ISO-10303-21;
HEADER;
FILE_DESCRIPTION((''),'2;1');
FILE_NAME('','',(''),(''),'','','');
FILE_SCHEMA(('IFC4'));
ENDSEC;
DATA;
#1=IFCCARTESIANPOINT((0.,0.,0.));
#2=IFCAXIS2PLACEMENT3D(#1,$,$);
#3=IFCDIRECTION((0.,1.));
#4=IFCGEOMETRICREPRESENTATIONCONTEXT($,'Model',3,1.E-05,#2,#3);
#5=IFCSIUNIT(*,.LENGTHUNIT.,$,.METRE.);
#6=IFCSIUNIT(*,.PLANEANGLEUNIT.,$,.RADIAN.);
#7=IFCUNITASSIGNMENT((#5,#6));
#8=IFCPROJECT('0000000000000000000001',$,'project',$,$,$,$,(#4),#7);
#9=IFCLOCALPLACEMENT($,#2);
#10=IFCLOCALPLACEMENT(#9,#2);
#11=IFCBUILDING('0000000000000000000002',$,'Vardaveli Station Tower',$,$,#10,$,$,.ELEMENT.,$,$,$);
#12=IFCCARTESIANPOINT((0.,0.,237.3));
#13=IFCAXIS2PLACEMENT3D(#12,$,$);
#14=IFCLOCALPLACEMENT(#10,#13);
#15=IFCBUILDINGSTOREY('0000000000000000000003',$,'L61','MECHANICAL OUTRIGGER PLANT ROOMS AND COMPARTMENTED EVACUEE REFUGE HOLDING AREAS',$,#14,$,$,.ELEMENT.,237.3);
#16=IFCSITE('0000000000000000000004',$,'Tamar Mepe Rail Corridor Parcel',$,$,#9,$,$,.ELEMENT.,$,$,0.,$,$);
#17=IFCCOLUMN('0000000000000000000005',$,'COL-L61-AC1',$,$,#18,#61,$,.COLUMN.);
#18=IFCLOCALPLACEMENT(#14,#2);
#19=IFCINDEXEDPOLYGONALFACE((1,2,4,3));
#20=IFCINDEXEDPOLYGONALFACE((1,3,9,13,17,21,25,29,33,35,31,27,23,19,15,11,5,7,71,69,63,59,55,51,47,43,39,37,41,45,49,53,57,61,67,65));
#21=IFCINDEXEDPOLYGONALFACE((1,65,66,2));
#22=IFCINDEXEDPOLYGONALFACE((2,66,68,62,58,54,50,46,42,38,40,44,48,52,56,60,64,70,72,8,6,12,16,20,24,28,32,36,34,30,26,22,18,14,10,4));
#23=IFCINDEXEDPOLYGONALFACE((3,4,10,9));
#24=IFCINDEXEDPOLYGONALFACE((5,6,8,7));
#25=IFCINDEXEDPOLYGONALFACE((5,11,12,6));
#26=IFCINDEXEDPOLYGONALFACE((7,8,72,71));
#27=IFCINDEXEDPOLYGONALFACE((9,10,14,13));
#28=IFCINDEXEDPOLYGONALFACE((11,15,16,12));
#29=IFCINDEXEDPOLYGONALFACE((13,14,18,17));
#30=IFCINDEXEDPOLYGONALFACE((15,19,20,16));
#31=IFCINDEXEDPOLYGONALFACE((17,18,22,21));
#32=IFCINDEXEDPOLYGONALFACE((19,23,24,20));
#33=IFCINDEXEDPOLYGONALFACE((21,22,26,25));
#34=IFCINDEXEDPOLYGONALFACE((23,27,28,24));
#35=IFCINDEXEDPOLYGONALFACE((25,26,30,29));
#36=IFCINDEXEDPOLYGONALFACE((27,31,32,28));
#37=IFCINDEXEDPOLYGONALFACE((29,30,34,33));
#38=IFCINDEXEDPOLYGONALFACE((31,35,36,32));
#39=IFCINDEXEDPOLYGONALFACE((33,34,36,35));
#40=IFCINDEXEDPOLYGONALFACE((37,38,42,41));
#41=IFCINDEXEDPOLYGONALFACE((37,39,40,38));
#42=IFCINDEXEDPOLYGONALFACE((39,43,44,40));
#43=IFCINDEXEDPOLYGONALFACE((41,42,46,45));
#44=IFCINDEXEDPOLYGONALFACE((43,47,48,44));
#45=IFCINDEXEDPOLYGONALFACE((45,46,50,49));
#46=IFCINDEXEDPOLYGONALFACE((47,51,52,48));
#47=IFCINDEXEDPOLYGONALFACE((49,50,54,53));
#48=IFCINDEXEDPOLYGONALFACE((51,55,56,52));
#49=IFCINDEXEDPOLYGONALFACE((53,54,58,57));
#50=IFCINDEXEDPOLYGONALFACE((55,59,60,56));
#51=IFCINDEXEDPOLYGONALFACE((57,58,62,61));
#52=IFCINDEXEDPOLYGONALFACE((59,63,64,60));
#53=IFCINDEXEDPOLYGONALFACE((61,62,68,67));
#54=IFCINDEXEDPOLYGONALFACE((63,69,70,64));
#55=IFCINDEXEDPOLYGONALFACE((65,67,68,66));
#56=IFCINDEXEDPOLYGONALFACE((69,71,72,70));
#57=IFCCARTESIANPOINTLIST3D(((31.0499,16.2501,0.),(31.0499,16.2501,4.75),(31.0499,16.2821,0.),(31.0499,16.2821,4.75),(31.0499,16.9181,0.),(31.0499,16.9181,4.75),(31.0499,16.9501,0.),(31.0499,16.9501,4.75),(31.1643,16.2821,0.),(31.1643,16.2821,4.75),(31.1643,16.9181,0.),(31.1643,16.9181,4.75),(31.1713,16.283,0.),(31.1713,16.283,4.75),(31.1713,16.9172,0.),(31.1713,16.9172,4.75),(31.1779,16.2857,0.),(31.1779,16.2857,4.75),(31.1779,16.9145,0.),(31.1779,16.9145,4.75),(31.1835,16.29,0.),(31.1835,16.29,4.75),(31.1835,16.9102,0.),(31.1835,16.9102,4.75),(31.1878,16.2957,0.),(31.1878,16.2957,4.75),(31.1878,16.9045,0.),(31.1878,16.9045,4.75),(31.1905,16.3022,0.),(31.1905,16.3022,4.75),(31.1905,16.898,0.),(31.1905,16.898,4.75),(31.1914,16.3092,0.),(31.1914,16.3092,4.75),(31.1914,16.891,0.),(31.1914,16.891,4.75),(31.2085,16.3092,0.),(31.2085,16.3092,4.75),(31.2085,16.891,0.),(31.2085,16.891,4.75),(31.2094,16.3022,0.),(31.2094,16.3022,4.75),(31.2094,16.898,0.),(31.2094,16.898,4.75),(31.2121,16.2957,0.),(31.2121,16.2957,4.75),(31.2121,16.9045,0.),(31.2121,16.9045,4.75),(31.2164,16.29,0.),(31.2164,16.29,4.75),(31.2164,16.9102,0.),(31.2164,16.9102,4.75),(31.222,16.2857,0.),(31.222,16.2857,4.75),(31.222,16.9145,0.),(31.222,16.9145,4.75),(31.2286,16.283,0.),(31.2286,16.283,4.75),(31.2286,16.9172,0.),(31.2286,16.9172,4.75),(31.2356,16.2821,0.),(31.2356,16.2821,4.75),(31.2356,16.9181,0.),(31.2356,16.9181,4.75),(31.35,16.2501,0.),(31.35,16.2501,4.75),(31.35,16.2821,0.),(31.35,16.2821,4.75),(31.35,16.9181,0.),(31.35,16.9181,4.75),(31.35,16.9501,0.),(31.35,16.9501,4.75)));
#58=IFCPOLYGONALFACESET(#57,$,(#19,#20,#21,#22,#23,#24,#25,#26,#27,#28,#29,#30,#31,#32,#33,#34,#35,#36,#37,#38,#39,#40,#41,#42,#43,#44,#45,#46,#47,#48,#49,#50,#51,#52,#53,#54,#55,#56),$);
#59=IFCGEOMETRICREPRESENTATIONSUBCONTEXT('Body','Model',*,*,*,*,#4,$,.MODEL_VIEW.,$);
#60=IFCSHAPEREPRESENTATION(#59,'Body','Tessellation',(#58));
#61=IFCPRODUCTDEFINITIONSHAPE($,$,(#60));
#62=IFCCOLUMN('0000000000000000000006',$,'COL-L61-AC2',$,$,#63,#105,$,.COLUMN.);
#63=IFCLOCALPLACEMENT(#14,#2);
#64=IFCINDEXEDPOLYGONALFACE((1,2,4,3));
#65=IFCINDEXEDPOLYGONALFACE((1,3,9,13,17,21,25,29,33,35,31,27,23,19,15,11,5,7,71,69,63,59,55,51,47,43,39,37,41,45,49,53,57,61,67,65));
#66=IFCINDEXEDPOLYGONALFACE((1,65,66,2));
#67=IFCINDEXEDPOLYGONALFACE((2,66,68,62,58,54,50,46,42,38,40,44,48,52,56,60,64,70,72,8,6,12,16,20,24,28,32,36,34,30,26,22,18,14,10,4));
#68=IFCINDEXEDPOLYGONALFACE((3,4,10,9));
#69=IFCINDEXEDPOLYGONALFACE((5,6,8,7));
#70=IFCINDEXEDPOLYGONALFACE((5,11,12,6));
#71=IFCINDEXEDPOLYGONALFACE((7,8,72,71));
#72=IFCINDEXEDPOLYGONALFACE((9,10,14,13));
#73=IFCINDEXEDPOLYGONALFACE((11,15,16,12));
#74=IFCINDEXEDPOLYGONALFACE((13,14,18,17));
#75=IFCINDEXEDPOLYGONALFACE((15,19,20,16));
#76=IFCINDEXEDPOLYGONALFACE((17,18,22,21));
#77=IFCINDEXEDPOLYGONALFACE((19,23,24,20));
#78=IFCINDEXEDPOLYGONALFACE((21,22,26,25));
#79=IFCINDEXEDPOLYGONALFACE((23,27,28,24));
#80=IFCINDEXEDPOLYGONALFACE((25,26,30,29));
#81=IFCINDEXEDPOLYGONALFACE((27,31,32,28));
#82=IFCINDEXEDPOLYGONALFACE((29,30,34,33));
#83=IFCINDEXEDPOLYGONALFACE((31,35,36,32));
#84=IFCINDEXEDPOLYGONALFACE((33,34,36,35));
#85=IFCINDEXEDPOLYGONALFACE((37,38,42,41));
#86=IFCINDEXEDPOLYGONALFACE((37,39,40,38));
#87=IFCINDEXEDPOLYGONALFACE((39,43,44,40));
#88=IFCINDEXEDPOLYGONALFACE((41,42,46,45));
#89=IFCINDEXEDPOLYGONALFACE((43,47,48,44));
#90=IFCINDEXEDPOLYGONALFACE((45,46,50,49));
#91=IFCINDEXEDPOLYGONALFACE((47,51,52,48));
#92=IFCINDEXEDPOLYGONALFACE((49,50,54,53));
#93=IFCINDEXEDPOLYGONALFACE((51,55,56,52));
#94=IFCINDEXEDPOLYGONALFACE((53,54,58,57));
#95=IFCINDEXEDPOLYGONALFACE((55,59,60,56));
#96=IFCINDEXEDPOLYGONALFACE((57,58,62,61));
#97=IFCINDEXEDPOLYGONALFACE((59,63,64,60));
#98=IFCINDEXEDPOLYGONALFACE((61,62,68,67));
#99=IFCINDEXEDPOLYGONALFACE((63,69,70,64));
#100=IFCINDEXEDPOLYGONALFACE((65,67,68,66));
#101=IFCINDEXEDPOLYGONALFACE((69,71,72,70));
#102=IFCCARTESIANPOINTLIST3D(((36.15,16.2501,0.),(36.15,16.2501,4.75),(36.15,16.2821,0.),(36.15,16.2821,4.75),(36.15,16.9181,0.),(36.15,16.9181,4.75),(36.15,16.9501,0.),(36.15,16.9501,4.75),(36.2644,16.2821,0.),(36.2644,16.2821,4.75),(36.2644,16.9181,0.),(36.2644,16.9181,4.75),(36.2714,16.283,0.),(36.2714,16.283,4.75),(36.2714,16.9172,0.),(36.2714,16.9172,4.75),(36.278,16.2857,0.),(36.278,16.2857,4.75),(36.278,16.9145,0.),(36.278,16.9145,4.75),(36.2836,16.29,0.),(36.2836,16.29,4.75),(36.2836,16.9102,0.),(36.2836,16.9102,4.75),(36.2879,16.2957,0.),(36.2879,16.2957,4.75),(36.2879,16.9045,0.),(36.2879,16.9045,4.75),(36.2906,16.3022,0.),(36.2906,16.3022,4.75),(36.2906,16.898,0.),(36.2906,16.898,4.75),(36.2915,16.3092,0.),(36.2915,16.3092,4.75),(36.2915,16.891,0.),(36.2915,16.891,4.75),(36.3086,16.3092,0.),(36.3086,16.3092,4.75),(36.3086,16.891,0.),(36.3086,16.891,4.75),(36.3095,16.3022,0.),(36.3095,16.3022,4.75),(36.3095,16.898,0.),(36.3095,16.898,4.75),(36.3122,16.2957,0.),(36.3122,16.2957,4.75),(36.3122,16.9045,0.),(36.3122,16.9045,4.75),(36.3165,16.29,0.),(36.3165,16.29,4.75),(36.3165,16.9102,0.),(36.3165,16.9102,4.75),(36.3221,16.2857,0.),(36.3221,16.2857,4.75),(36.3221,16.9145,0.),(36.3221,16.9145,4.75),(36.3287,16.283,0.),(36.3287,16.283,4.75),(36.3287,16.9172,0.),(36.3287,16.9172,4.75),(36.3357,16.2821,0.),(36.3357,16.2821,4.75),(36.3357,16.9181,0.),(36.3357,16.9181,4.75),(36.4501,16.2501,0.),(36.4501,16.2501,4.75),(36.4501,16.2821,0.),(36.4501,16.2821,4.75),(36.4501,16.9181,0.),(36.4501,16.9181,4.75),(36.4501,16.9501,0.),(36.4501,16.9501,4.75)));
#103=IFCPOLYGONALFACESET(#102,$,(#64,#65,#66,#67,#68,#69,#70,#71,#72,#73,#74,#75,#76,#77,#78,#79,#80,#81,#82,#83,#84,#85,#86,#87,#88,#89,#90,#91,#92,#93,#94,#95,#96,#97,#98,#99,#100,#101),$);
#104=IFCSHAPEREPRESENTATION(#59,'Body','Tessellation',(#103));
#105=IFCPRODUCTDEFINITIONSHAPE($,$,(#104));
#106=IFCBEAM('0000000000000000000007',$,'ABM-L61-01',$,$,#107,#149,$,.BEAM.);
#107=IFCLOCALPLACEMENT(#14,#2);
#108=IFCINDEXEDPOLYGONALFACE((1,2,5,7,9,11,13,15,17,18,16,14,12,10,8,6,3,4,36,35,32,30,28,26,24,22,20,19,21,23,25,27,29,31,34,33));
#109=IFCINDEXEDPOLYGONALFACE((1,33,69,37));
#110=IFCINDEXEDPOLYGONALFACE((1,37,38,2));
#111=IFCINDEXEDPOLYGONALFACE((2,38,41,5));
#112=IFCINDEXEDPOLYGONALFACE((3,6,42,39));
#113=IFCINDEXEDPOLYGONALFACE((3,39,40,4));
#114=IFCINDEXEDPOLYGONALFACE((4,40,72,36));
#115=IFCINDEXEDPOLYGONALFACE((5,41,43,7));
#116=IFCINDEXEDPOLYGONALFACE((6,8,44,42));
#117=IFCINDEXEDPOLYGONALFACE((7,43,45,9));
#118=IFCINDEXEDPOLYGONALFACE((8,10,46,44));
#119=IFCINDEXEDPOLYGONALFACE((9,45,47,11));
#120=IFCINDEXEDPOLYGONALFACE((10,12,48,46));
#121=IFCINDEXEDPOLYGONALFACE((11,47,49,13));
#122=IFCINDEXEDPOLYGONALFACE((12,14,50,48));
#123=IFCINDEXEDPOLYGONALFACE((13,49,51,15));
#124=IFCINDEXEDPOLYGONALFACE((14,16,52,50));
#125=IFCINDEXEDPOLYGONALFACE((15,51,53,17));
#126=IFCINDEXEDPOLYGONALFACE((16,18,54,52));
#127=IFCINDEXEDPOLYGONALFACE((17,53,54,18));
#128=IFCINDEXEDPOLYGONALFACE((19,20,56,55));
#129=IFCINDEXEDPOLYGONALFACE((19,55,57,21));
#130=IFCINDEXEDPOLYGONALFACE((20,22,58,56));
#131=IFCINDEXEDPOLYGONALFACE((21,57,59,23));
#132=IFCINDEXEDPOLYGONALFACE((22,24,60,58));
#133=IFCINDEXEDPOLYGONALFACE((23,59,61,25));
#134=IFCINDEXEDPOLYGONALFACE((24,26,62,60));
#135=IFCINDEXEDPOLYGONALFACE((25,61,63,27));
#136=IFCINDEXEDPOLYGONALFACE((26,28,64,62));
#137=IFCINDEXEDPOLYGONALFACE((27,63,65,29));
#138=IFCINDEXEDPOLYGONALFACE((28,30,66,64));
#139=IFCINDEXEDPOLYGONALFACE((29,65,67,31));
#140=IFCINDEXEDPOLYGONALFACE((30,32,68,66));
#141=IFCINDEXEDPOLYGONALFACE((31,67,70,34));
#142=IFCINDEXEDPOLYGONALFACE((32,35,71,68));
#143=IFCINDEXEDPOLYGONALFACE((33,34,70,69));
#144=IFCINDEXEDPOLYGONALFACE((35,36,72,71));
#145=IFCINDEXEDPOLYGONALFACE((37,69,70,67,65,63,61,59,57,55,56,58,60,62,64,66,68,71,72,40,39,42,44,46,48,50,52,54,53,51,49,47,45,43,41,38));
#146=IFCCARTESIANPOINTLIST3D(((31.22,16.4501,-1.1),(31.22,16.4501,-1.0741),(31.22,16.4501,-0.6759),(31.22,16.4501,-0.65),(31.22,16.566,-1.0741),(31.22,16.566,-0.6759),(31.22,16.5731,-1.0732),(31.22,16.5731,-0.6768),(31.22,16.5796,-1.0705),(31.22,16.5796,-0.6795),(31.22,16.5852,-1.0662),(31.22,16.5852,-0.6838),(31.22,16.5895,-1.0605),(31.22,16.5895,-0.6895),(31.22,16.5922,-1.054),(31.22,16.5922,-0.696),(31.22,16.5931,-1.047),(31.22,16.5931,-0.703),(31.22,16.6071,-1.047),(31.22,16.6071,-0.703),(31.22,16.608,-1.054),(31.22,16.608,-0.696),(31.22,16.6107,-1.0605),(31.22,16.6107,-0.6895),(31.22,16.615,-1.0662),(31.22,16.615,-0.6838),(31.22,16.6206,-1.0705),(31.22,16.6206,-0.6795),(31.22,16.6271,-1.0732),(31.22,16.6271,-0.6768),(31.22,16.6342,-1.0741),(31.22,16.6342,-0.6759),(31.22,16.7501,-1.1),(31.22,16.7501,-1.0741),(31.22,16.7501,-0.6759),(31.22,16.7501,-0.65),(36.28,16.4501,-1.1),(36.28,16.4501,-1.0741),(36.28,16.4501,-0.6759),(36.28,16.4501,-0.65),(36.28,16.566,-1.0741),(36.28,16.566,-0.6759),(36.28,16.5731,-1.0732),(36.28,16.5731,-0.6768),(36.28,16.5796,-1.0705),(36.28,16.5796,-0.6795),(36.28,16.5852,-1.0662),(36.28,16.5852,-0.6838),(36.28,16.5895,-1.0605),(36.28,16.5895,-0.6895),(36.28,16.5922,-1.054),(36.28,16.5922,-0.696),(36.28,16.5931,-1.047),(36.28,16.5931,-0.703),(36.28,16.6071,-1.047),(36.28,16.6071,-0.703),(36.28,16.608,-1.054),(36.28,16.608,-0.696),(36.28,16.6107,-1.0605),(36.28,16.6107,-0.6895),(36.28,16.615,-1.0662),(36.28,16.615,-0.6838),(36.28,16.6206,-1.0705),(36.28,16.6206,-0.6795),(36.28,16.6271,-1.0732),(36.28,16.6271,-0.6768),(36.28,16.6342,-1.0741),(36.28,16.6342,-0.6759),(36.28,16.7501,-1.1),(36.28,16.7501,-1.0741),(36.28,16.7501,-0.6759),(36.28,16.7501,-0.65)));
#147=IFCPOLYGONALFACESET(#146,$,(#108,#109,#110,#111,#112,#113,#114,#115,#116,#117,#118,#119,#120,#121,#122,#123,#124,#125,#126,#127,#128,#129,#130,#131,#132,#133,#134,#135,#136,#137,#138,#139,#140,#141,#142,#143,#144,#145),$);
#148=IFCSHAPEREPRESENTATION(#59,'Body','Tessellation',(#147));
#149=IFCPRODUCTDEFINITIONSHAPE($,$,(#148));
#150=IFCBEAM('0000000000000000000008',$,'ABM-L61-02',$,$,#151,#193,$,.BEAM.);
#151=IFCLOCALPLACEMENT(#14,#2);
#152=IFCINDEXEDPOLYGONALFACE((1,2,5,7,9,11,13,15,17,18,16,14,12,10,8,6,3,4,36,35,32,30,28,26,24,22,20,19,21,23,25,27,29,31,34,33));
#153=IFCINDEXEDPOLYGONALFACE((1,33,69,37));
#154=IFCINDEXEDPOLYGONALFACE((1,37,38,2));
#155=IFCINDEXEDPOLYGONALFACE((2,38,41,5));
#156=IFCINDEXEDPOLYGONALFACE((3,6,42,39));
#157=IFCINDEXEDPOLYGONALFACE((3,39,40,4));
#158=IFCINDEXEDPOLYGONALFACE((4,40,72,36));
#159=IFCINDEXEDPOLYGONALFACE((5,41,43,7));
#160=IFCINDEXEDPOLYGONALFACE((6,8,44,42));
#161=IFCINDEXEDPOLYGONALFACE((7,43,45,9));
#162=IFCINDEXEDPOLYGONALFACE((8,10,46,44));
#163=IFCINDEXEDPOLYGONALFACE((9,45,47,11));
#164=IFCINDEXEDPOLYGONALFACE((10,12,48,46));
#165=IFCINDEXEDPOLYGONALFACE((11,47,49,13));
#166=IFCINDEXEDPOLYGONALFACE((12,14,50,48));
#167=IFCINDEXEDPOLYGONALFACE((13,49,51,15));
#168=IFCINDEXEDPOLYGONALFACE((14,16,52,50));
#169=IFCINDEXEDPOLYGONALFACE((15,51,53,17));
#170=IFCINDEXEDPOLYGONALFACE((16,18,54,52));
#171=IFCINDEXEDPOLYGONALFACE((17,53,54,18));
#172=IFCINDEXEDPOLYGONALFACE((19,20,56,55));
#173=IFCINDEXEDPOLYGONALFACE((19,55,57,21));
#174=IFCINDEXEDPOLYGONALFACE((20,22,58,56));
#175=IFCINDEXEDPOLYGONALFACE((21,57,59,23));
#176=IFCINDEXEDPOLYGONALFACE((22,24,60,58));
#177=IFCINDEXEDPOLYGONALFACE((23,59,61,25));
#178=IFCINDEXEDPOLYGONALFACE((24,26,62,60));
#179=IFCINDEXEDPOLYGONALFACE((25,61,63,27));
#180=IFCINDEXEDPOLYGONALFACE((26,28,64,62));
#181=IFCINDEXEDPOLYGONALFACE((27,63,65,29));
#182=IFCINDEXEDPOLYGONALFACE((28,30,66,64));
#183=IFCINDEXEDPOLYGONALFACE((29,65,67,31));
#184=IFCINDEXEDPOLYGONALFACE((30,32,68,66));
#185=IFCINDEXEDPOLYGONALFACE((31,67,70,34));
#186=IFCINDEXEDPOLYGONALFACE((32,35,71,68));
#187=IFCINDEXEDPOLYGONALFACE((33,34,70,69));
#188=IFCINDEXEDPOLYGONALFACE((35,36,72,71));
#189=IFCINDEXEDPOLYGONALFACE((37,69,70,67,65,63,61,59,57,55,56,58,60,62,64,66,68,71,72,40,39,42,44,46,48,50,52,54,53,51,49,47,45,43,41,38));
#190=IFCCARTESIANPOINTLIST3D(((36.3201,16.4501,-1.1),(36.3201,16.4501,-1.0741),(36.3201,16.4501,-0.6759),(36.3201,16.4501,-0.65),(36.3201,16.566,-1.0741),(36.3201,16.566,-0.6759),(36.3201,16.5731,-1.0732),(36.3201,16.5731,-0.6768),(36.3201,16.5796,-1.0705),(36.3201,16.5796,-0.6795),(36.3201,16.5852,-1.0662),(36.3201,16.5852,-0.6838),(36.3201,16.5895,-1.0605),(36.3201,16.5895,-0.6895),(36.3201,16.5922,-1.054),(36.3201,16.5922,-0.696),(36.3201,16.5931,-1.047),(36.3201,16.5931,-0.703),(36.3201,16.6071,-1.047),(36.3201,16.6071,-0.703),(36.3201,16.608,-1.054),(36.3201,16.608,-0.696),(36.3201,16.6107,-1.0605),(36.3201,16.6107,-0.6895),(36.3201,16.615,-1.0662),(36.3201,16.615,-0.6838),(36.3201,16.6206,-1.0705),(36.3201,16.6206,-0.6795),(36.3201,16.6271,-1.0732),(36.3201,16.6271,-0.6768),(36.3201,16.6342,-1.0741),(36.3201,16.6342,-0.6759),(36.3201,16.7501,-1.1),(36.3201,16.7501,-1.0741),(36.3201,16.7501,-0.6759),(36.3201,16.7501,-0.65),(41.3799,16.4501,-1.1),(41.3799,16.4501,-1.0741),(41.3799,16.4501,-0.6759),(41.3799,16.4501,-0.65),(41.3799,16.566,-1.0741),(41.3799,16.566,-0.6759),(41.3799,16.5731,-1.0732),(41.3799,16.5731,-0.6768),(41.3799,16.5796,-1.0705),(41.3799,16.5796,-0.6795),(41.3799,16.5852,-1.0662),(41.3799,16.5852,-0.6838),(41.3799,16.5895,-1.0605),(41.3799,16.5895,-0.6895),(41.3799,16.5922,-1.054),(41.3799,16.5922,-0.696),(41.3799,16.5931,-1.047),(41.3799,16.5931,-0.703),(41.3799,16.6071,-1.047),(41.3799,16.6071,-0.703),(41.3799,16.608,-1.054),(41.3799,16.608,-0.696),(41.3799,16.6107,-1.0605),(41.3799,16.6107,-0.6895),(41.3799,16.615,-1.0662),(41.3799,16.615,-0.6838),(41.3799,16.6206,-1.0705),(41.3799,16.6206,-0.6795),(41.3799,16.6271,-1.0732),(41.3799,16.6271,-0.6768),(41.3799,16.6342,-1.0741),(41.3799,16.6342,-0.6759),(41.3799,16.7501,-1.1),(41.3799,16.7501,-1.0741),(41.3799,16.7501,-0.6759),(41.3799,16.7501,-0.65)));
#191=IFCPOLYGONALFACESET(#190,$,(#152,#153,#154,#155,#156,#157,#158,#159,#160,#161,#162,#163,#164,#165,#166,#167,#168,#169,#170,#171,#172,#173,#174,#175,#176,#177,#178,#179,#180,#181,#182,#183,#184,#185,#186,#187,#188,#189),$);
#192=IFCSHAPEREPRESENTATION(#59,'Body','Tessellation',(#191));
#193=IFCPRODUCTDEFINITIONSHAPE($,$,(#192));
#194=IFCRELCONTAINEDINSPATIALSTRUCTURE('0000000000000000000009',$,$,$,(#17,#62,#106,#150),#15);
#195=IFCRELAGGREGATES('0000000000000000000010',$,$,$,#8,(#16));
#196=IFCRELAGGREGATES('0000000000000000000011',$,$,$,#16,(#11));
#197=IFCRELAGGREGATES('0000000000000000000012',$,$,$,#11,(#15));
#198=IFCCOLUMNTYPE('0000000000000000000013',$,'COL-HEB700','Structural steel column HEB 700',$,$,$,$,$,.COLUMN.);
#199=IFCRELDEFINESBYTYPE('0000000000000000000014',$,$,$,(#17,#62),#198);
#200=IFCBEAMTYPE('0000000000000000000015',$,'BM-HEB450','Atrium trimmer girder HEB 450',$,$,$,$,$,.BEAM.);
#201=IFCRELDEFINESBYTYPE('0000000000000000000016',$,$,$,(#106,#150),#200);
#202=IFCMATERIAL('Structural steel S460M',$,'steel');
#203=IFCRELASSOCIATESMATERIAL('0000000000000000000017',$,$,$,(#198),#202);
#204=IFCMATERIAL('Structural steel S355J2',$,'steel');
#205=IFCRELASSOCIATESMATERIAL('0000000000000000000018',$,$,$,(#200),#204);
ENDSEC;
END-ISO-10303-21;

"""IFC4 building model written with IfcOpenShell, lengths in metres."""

from ifc_helpers import new_model, si_unit, direction, frame, origin, origin_2d, place, context, subcontext, project, spatial, i_section, extrude, source, transform, mapped, material, material_profile, profile_set, type_object, element, save


model = new_model("IFC4")

# Units and contexts
model_context = context("Model", 3, precision=1e-05, world=origin(), true_north=direction((0.0, 1.0)))
body_context = subcontext(model_context, "Body", "Model", "MODEL_VIEW")
ifc_project = project(units=[si_unit("LENGTHUNIT", "METRE"), si_unit("PLANEANGLEUNIT", "RADIAN")], contexts=[model_context])

# Site, building, storey
site_placement = place(None, origin())
site = spatial("IfcSite", under=ifc_project, at=site_placement, Name="Tamar Mepe Rail Corridor Parcel", CompositionType="ELEMENT", RefElevation=0.0)
building_placement = place(site_placement, origin())
building = spatial("IfcBuilding", under=site, at=building_placement, Name="Vardaveli Station Tower", CompositionType="ELEMENT")
storey_placement = place(building_placement, frame((0.0, 0.0, 237.3)))
storey = spatial("IfcBuildingStorey", under=building, at=storey_placement, Name="L61", Description="MECHANICAL OUTRIGGER PLANT ROOMS AND COMPARTMENTED EVACUEE REFUGE HOLDING AREAS", CompositionType="ELEMENT", Elevation=237.3)

# Columns
ifc_material_1 = material(Name="Structural steel S460M", Category="steel")
ifc_material_profile_1 = material_profile(ifc_material_1, i_section(OverallWidth=0.3, OverallDepth=0.7, WebThickness=0.0171, FlangeThickness=0.032, FilletRadius=0.0271, at=origin_2d()), Name="HEB 700")
ifc_profile_set_1 = profile_set([ifc_material_profile_1], Name="Structural steel S460M")
column_type = type_object("IfcColumnType", Name="COL-HEB700", Description="Structural steel column HEB 700", PredefinedType="COLUMN", material=ifc_profile_set_1)
shared_shape_1 = source(origin(), body_context, "Body", "SweptSolid", [
    extrude(i_section(OverallWidth=0.3, OverallDepth=0.7, WebThickness=0.0171, FlangeThickness=0.032, FilletRadius=0.0271, at=origin_2d()), origin(), (0.0, 0.0, 1.0), 4.75),
])
for number, where, z_axis, x_axis, name in (
    (1, (31.2, 16.6001, 0.0), (0.0, 0.0, 1.0), (1.0, 0.0, 0.0), "COL-L61-AC1"),
    (2, (36.3, 16.6001, 0.0), (0.0, 0.0, 1.0), (1.0, 0.0, 0.0), "COL-L61-AC2"),
):
    element("IfcColumn", number, at=place(storey_placement, frame(where, z_axis=z_axis, x_axis=x_axis)), inside=storey, type_object=column_type, Name=name, PredefinedType="COLUMN", context=body_context, shape_type="MappedRepresentation", body=[
        mapped(shared_shape_1, transform((0.0, 0.0, 0.0), scale=1.0)),
    ])

# Beams
ifc_material_2 = material(Name="Structural steel S355J2", Category="steel")
ifc_material_profile_2 = material_profile(ifc_material_2, i_section(OverallWidth=0.3, OverallDepth=0.45, WebThickness=0.0139, FlangeThickness=0.0259, FilletRadius=0.0271, at=origin_2d()), Name="HEB 450")
ifc_profile_set_2 = profile_set([ifc_material_profile_2], Name="Structural steel S355J2")
beam_type_1 = type_object("IfcBeamType", Name="BM-HEB450", Description="Atrium trimmer girder HEB 450", PredefinedType="BEAM", material=ifc_profile_set_2)
shared_shape_2 = source(origin(), body_context, "Body", "SweptSolid", [
    extrude(i_section(OverallWidth=0.3, OverallDepth=0.45, WebThickness=0.0139, FlangeThickness=0.0259, FilletRadius=0.0271, at=origin_2d()), origin(), (0.0, 0.0, 1.0), 5.0601),
])
beam_1_placement = place(storey_placement, frame((31.22, 16.6001, -0.875), z_axis=(1.0, 0.0, 0.0), x_axis=(0.0, 1.0, 0.0)))
element("IfcBeam", 3, at=beam_1_placement, inside=storey, type_object=beam_type_1, Name="ABM-L61-01", PredefinedType="BEAM", context=body_context, shape_type="MappedRepresentation", body=[
    mapped(shared_shape_2, transform((0.0, 0.0, 0.0), scale=1.0)),
])
shared_shape_3 = source(origin(), body_context, "Body", "SweptSolid", [
    extrude(i_section(OverallWidth=0.3, OverallDepth=0.45, WebThickness=0.0139, FlangeThickness=0.0259, FilletRadius=0.0271, at=origin_2d()), origin(), (0.0, 0.0, 1.0), 5.0598),
])
beam_2_placement = place(storey_placement, frame((36.3201, 16.6001, -0.875), z_axis=(1.0, 0.0, 0.0), x_axis=(0.0, 1.0, 0.0)))
element("IfcBeam", 4, at=beam_2_placement, inside=storey, type_object=beam_type_1, Name="ABM-L61-02", PredefinedType="BEAM", context=body_context, shape_type="MappedRepresentation", body=[
    mapped(shared_shape_3, transform((0.0, 0.0, 0.0), scale=1.0)),
])

save(model, "model.ifc")
